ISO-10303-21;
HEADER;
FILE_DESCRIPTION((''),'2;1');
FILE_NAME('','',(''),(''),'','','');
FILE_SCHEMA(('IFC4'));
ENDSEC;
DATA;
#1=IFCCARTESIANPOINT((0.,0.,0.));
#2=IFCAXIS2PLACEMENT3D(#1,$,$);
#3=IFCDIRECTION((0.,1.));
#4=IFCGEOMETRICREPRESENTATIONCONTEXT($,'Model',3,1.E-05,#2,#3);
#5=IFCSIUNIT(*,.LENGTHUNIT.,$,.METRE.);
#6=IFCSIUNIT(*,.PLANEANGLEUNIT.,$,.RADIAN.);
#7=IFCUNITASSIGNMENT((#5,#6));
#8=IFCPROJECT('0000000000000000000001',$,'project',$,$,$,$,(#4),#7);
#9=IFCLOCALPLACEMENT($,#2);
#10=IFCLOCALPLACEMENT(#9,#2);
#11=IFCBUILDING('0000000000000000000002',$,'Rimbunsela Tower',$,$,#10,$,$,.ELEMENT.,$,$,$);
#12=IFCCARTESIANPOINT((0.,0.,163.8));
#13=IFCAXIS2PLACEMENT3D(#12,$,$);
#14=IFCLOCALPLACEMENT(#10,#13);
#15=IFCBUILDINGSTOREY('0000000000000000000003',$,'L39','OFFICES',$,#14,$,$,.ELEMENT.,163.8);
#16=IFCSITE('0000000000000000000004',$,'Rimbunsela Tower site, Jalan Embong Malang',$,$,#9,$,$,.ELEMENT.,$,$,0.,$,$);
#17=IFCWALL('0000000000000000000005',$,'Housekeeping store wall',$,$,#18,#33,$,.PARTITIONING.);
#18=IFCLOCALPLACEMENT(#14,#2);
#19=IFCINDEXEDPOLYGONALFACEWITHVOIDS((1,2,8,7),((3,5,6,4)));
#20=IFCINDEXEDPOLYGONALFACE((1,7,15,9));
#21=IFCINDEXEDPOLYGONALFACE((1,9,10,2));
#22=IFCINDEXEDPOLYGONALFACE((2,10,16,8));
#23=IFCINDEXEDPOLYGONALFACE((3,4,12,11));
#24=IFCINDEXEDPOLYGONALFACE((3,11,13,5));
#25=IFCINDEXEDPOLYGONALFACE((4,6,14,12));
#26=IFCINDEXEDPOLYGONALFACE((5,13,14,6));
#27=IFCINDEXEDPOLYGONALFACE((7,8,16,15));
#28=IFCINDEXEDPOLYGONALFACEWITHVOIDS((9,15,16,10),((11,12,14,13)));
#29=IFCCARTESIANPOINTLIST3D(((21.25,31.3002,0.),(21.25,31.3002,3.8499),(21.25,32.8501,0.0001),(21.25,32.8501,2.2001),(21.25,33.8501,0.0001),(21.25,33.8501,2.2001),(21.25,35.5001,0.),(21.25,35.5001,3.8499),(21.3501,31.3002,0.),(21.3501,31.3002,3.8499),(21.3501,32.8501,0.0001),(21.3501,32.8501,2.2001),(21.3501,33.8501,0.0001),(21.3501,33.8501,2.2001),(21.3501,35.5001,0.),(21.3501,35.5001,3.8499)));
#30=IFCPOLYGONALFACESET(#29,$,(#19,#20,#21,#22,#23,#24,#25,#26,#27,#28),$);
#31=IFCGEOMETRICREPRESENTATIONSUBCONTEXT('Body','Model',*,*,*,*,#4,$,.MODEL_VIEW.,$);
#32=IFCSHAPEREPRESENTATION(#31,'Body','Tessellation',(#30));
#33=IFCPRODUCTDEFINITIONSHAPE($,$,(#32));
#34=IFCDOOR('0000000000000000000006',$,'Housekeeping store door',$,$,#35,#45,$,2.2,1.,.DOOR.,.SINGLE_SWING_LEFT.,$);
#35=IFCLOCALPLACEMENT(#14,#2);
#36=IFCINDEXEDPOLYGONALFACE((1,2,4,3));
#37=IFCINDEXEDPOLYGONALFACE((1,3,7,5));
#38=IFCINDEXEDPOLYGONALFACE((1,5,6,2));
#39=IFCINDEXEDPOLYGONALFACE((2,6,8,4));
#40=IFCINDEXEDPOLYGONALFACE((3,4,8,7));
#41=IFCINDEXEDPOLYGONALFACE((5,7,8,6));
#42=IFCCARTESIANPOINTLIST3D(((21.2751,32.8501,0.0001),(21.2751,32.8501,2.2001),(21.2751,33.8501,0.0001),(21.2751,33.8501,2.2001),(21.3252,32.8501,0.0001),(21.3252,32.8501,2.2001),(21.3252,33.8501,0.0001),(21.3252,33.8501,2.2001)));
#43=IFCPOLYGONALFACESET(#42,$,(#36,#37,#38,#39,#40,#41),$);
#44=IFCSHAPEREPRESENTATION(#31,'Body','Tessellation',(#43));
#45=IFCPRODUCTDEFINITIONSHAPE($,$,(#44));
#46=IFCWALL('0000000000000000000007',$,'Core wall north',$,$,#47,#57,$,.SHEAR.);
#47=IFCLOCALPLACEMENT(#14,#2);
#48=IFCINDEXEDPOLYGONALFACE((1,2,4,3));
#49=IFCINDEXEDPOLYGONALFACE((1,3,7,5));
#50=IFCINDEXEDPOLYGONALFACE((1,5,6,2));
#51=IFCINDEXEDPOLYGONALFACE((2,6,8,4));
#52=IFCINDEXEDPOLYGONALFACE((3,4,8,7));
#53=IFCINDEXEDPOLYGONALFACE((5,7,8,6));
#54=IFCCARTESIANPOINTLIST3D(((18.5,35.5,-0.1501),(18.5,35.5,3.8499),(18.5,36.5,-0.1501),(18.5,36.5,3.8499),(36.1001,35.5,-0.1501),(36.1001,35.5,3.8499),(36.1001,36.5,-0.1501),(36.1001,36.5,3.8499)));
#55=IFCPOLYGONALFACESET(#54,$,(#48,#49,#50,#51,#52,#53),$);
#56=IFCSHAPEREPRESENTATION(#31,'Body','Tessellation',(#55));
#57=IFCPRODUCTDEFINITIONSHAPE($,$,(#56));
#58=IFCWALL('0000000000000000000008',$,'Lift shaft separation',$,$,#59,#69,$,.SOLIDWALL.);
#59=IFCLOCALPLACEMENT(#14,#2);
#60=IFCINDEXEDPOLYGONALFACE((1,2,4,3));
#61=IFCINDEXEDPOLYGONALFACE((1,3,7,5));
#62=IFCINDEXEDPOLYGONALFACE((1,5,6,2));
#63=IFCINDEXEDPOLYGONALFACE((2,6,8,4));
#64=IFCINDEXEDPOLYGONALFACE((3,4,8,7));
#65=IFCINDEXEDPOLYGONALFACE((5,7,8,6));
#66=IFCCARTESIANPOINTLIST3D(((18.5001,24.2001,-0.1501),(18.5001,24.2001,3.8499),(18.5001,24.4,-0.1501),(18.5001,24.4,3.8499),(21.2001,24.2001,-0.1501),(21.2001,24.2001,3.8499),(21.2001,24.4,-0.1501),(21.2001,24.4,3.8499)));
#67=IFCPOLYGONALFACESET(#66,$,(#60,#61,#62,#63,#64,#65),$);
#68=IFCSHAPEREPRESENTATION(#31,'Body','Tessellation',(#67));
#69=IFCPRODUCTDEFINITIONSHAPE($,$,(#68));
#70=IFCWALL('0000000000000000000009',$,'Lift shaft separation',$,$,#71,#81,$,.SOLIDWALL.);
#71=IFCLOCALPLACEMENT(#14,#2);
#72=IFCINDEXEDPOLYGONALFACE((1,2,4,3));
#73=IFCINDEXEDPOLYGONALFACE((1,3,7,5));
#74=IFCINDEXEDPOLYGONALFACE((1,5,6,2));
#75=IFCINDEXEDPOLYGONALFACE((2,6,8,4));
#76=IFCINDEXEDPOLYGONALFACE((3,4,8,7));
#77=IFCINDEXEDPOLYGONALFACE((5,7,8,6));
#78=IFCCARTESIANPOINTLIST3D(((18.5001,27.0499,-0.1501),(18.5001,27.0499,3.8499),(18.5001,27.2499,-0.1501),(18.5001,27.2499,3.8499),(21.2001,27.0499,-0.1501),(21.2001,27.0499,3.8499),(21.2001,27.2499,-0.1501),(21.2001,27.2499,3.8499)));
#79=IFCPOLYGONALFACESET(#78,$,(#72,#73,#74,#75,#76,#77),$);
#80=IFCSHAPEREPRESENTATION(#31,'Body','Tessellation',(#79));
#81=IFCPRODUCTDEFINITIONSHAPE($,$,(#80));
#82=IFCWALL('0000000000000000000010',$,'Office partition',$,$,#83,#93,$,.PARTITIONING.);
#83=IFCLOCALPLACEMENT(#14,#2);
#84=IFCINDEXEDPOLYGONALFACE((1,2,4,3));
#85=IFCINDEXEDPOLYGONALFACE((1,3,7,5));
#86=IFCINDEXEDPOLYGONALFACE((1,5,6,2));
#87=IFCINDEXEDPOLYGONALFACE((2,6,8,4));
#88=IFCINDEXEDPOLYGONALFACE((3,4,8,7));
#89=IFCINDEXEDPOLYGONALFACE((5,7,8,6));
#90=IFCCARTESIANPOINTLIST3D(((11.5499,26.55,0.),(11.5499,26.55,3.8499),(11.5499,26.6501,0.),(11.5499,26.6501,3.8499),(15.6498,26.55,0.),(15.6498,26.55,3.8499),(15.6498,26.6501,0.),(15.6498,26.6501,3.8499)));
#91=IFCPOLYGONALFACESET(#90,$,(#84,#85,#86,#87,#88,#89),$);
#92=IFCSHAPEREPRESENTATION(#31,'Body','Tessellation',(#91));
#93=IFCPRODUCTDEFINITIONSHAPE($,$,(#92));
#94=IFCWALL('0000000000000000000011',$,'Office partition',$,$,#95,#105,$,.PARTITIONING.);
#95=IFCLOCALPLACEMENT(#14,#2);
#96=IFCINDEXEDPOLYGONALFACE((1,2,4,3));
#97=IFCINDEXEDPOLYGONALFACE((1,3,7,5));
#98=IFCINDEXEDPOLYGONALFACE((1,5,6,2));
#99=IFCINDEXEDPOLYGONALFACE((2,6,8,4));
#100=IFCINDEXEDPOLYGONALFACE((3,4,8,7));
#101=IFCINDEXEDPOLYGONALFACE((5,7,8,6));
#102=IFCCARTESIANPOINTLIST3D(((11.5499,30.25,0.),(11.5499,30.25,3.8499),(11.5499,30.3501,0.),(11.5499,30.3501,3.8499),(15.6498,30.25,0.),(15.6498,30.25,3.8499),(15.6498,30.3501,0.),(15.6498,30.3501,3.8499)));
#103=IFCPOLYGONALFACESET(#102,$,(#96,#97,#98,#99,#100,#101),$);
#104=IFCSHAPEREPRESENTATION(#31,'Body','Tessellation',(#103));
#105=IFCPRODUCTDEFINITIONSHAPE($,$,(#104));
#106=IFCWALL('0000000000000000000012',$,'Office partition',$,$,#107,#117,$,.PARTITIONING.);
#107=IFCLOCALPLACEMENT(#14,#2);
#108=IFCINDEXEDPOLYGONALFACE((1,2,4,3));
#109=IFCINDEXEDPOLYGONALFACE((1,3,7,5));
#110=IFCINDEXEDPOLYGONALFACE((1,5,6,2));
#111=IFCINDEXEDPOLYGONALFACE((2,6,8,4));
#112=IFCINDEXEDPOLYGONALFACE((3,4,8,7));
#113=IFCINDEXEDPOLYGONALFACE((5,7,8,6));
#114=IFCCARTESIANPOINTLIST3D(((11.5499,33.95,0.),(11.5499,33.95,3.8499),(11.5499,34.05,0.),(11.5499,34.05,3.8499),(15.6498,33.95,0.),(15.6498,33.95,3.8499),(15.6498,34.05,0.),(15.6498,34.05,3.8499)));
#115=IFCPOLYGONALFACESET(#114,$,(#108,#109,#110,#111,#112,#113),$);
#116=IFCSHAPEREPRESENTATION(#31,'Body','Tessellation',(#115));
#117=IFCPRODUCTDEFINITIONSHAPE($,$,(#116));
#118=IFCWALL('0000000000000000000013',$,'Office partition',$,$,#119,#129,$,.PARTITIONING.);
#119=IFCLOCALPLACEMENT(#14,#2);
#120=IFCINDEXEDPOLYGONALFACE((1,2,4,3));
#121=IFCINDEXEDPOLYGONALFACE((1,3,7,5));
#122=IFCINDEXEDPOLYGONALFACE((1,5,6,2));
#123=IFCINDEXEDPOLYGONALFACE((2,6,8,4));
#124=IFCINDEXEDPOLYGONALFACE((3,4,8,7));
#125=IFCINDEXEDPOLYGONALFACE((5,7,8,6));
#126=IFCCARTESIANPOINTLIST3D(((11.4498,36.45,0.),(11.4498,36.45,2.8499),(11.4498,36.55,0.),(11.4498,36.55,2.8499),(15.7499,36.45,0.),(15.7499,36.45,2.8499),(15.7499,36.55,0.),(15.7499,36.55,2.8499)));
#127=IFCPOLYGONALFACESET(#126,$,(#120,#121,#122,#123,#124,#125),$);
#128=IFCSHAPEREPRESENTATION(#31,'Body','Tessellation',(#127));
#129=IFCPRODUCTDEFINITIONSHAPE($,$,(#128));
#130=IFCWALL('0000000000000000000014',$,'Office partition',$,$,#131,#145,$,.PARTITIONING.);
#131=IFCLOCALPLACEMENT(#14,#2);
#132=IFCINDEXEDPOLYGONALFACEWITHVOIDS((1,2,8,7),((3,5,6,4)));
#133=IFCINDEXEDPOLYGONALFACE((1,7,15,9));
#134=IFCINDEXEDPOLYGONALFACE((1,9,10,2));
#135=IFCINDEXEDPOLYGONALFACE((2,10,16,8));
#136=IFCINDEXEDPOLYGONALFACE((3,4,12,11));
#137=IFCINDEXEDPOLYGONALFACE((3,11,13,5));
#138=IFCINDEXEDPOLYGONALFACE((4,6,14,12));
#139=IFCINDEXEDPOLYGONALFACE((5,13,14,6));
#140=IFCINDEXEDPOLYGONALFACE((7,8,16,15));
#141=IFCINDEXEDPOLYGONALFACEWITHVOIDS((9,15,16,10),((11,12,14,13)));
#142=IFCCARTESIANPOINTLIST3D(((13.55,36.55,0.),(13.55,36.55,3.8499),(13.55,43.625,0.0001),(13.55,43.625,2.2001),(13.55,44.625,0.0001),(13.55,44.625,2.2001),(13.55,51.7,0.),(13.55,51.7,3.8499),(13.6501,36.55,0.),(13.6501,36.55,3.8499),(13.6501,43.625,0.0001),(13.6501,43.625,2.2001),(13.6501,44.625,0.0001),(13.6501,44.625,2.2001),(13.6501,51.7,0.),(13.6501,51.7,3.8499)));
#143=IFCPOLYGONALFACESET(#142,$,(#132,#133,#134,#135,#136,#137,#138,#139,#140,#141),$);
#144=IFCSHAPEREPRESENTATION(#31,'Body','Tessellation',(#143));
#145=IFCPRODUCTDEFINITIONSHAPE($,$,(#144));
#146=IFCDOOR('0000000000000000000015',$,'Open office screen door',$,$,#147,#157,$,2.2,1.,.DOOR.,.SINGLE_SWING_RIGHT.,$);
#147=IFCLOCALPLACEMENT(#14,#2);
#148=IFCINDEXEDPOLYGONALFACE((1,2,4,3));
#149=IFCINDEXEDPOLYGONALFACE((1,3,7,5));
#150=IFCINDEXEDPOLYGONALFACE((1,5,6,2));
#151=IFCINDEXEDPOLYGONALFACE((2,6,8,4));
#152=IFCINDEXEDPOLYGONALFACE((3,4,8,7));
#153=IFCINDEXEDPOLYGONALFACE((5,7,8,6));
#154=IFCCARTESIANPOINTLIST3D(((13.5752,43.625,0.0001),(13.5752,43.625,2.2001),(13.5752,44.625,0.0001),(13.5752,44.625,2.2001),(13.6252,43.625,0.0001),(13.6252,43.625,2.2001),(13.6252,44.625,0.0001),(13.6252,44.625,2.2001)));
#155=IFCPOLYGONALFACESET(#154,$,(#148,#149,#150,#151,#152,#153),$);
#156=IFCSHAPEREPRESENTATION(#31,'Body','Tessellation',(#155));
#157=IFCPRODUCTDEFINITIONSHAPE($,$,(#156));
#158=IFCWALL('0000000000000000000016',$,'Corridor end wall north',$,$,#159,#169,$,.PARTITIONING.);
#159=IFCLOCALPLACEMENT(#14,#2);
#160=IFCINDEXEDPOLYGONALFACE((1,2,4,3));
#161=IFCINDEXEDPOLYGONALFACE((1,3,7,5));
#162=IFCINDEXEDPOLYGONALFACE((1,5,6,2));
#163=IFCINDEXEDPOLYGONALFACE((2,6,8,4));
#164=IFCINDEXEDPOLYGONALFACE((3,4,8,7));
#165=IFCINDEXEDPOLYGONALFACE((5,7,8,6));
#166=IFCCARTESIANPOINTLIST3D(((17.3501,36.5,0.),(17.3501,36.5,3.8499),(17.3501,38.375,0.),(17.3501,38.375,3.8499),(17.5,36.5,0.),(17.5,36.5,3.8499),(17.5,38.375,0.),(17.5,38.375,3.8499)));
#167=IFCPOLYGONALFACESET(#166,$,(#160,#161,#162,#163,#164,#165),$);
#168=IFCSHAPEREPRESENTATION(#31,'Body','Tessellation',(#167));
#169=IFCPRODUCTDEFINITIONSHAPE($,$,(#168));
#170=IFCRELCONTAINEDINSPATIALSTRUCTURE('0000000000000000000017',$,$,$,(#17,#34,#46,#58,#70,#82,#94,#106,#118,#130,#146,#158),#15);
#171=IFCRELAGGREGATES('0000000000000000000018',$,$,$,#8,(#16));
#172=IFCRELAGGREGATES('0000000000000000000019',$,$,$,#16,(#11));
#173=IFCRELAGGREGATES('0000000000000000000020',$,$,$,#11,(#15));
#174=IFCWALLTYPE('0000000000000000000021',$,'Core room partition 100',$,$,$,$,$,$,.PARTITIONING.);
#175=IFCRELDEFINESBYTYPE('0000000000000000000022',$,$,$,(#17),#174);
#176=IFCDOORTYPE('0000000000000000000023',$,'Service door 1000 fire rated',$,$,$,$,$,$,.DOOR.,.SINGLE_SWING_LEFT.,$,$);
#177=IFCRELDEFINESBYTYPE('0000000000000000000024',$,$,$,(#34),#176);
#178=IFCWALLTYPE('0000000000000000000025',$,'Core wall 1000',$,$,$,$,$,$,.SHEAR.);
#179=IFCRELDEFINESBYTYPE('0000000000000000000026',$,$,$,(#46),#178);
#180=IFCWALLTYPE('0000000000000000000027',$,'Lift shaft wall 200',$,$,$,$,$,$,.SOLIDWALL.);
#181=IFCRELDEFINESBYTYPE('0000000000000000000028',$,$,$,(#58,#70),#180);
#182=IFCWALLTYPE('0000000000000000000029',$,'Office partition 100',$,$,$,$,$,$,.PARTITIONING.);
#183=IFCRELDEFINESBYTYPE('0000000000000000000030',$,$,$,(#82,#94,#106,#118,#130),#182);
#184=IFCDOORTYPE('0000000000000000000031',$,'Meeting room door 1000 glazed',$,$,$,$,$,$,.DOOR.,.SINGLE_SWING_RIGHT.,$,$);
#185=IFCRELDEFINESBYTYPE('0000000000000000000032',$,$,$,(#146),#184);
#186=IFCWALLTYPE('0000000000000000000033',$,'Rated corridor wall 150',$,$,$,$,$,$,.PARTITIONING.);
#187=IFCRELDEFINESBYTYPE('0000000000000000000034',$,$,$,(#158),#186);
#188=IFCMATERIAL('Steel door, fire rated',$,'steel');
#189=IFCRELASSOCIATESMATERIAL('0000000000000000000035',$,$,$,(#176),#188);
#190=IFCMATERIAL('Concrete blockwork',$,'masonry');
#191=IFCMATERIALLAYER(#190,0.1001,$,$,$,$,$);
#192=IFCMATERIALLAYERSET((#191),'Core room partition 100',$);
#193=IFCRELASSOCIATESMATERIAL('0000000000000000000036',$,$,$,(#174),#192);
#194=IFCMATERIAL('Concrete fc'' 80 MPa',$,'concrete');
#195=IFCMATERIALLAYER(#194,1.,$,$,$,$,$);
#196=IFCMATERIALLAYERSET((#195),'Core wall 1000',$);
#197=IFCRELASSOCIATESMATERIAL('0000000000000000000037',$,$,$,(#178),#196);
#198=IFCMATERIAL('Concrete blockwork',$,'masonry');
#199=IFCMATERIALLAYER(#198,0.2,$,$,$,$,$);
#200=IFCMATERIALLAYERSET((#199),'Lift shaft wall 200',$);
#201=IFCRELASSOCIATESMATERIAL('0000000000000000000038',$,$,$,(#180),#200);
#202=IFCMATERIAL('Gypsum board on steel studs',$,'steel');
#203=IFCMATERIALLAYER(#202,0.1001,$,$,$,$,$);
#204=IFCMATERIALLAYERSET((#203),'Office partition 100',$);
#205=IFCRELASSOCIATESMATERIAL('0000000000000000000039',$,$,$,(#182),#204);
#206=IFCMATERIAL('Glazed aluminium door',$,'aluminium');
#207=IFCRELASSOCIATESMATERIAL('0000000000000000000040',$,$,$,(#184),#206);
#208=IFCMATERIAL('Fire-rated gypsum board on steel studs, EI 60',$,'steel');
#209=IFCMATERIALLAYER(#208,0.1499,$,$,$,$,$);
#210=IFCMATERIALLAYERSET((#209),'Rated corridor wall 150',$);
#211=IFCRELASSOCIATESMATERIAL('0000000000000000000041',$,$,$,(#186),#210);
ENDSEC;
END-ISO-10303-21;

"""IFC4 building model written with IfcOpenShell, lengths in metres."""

from ifc_helpers import new_model, si_unit, direction, frame, frame_2d, origin, place, context, subcontext, project, spatial, rectangle, extrude, material, layer, layer_set, type_object, element, fill, save


model = new_model("IFC4")

# Units and contexts
model_context = context("Model", 3, precision=1e-05, world=origin(), true_north=direction((0.0, 1.0)))
body_context = subcontext(model_context, "Body", "Model", "MODEL_VIEW")
ifc_project = project(units=[si_unit("LENGTHUNIT", "METRE"), si_unit("PLANEANGLEUNIT", "RADIAN")], contexts=[model_context])

# Site, building, storey
site_placement = place(None, origin())
site = spatial("IfcSite", under=ifc_project, at=site_placement, Name="Rimbunsela Tower site, Jalan Embong Malang", CompositionType="ELEMENT", RefElevation=0.0)
building_placement = place(site_placement, origin())
building = spatial("IfcBuilding", under=site, at=building_placement, Name="Rimbunsela Tower", CompositionType="ELEMENT")
storey_placement = place(building_placement, frame((0.0, 0.0, 163.8)))
storey = spatial("IfcBuildingStorey", under=building, at=storey_placement, Name="L39", Description="OFFICES", CompositionType="ELEMENT", Elevation=163.8)

# Shared definitions
ifc_material_1 = material(Name="Steel door, fire rated", Category="steel")
door_type_1 = type_object("IfcDoorType", Name="Service door 1000 fire rated", OperationType="SINGLE_SWING_LEFT", PredefinedType="DOOR", material=ifc_material_1)

# Wall, opening, door
ifc_material_2 = material(Name="Concrete blockwork", Category="masonry")
ifc_layer_1 = layer(ifc_material_2, 0.1001)
ifc_layer_set_1 = layer_set([ifc_layer_1], Name="Core room partition 100")
wall_type_1 = type_object("IfcWallType", Name="Core room partition 100", PredefinedType="PARTITIONING", material=ifc_layer_set_1)
wall_1_placement = place(storey_placement, frame((21.3, 31.3, 0.0), z_axis=(0.0, 0.0, 1.0), x_axis=(0.0, 1.0, 0.0)))
wall_1 = element("IfcWall", 1, at=wall_1_placement, inside=storey, type_object=wall_type_1, Name="Housekeeping store wall", PredefinedType="PARTITIONING", context=body_context, shape_type="SweptSolid", body=[
    extrude(rectangle(XDim=4.2, YDim=0.1001, at=frame_2d((2.1001, 0.0))), origin(), (0.0, 0.0, 1.0), 3.8499),
])
opening_1_placement = place(wall_1_placement, frame((1.55, 0.0, 0.0)))
opening_1 = element("IfcOpeningElement", 2, at=opening_1_placement, cuts=wall_1, PredefinedType="OPENING", context=body_context, shape_type="SweptSolid", body=[
    extrude(rectangle(XDim=1.0, YDim=2.2, at=frame_2d((0.5, 1.1001))), frame((0.0, 0.0601, 0.0), z_axis=(0.0, -1.0, 0.0), x_axis=(1.0, 0.0, 0.0)), (0.0, 0.0, 1.0), 0.1201),
])
door_1_placement = place(opening_1_placement, origin())
door_1 = element("IfcDoor", 3, at=door_1_placement, inside=storey, type_object=door_type_1, Name="Housekeeping store door", OperationType="SINGLE_SWING_LEFT", OverallHeight=2.2, OverallWidth=1.0, PredefinedType="DOOR", context=body_context, shape_type="SweptSolid", body=[
    extrude(rectangle(XDim=1.0, YDim=2.2, at=frame_2d((0.5, 1.1001))), frame((0.0, 0.0249, 0.0), z_axis=(0.0, -1.0, 0.0), x_axis=(1.0, 0.0, 0.0)), (0.0, 0.0, 1.0), 0.05),
])
fill(opening_1, door_1)

# Walls
ifc_material_3 = material(Name="Concrete fc' 80 MPa", Category="concrete")
ifc_layer_2 = layer(ifc_material_3, 1.0)
ifc_layer_set_2 = layer_set([ifc_layer_2], Name="Core wall 1000")
wall_type_2 = type_object("IfcWallType", Name="Core wall 1000", PredefinedType="SHEAR", material=ifc_layer_set_2)
wall_2_placement = place(storey_placement, frame((18.5, 36.0, -0.1501), z_axis=(0.0, 0.0, 1.0), x_axis=(1.0, 0.0, 0.0)))
element("IfcWall", 4, at=wall_2_placement, inside=storey, type_object=wall_type_2, Name="Core wall north", PredefinedType="SHEAR", context=body_context, shape_type="SweptSolid", body=[
    extrude(rectangle(XDim=17.6001, YDim=1.0, at=frame_2d((8.8, 0.0))), origin(), (0.0, 0.0, 1.0), 4.0),
])
ifc_material_4 = material(Name="Concrete blockwork", Category="masonry")
ifc_layer_3 = layer(ifc_material_4, 0.2)
ifc_layer_set_3 = layer_set([ifc_layer_3], Name="Lift shaft wall 200")
wall_type_3 = type_object("IfcWallType", Name="Lift shaft wall 200", PredefinedType="SOLIDWALL", material=ifc_layer_set_3)
for number, where, z_axis, x_axis, name in (
    (5, (18.5, 24.3, -0.1501), (0.0, 0.0, 1.0), (1.0, 0.0, 0.0), "Lift shaft separation"),
    (6, (18.5, 27.1499, -0.1501), (0.0, 0.0, 1.0), (1.0, 0.0, 0.0), "Lift shaft separation"),
):
    element("IfcWall", number, at=place(storey_placement, frame(where, z_axis=z_axis, x_axis=x_axis)), inside=storey, type_object=wall_type_3, Name=name, PredefinedType="SOLIDWALL", context=body_context, shape_type="SweptSolid", body=[
        extrude(rectangle(XDim=2.7, YDim=0.2, at=frame_2d((1.3501, 0.0))), origin(), (0.0, 0.0, 1.0), 4.0),
    ])
ifc_material_5 = material(Name="Gypsum board on steel studs", Category="steel")
ifc_layer_4 = layer(ifc_material_5, 0.1001)
ifc_layer_set_4 = layer_set([ifc_layer_4], Name="Office partition 100")
wall_type_4 = type_object("IfcWallType", Name="Office partition 100", PredefinedType="PARTITIONING", material=ifc_layer_set_4)
for number, where, z_axis, x_axis, name in (
    (7, (11.55, 26.6001, 0.0), (0.0, 0.0, 1.0), (1.0, 0.0, 0.0), "Office partition"),
    (8, (11.55, 30.3, 0.0), (0.0, 0.0, 1.0), (1.0, 0.0, 0.0), "Office partition"),
    (9, (11.55, 34.0, 0.0), (0.0, 0.0, 1.0), (1.0, 0.0, 0.0), "Office partition"),
):
    element("IfcWall", number, at=place(storey_placement, frame(where, z_axis=z_axis, x_axis=x_axis)), inside=storey, type_object=wall_type_4, Name=name, PredefinedType="PARTITIONING", context=body_context, shape_type="SweptSolid", body=[
        extrude(rectangle(XDim=4.0999, YDim=0.1001, at=frame_2d((2.0498, 0.0))), origin(), (0.0, 0.0, 1.0), 3.8499),
    ])
wall_3_placement = place(storey_placement, frame((11.45, 36.5, 0.0), z_axis=(0.0, 0.0, 1.0), x_axis=(1.0, 0.0, 0.0)))
element("IfcWall", 10, at=wall_3_placement, inside=storey, type_object=wall_type_4, Name="Office partition", PredefinedType="PARTITIONING", context=body_context, shape_type="SweptSolid", body=[
    extrude(rectangle(XDim=4.3, YDim=0.1001, at=frame_2d((2.1499, 0.0))), origin(), (0.0, 0.0, 1.0), 2.8499),
])

# Wall, opening, door
wall_4_placement = place(storey_placement, frame((13.6001, 36.55, 0.0), z_axis=(0.0, 0.0, 1.0), x_axis=(0.0, 1.0, 0.0)))
wall_4 = element("IfcWall", 11, at=wall_4_placement, inside=storey, type_object=wall_type_4, Name="Office partition", PredefinedType="PARTITIONING", context=body_context, shape_type="SweptSolid", body=[
    extrude(rectangle(XDim=15.1499, YDim=0.1001, at=frame_2d((7.575, 0.0))), origin(), (0.0, 0.0, 1.0), 3.8499),
])
opening_2_placement = place(wall_4_placement, frame((7.075, 0.0, 0.0)))
opening_2 = element("IfcOpeningElement", 12, at=opening_2_placement, cuts=wall_4, PredefinedType="OPENING", context=body_context, shape_type="SweptSolid", body=[
    extrude(rectangle(XDim=1.0, YDim=2.2, at=frame_2d((0.5, 1.1001))), frame((0.0, 0.0601, 0.0), z_axis=(0.0, -1.0, 0.0), x_axis=(1.0, 0.0, 0.0)), (0.0, 0.0, 1.0), 0.1201),
])
ifc_material_6 = material(Name="Glazed aluminium door", Category="aluminium")
door_type_2 = type_object("IfcDoorType", Name="Meeting room door 1000 glazed", OperationType="SINGLE_SWING_RIGHT", PredefinedType="DOOR", material=ifc_material_6)
door_2_placement = place(opening_2_placement, origin())
door_2 = element("IfcDoor", 13, at=door_2_placement, inside=storey, type_object=door_type_2, Name="Open office screen door", OperationType="SINGLE_SWING_RIGHT", OverallHeight=2.2, OverallWidth=1.0, PredefinedType="DOOR", context=body_context, shape_type="SweptSolid", body=[
    extrude(rectangle(XDim=1.0, YDim=2.2, at=frame_2d((0.5, 1.1001))), frame((0.0, 0.0249, 0.0), z_axis=(0.0, -1.0, 0.0), x_axis=(1.0, 0.0, 0.0)), (0.0, 0.0, 1.0), 0.05),
])
fill(opening_2, door_2)

# Wall
ifc_material_7 = material(Name="Fire-rated gypsum board on steel studs, EI 60", Category="steel")
ifc_layer_5 = layer(ifc_material_7, 0.1499)
ifc_layer_set_5 = layer_set([ifc_layer_5], Name="Rated corridor wall 150")
wall_type_5 = type_object("IfcWallType", Name="Rated corridor wall 150", PredefinedType="PARTITIONING", material=ifc_layer_set_5)
wall_5_placement = place(storey_placement, frame((17.425, 36.5, 0.0), z_axis=(0.0, 0.0, 1.0), x_axis=(0.0, 1.0, 0.0)))
element("IfcWall", 14, at=wall_5_placement, inside=storey, type_object=wall_type_5, Name="Corridor end wall north", PredefinedType="PARTITIONING", context=body_context, shape_type="SweptSolid", body=[
    extrude(rectangle(XDim=1.875, YDim=0.1499, at=frame_2d((0.9375, 0.0))), origin(), (0.0, 0.0, 1.0), 3.8499),
])

save(model, "model.ifc")
